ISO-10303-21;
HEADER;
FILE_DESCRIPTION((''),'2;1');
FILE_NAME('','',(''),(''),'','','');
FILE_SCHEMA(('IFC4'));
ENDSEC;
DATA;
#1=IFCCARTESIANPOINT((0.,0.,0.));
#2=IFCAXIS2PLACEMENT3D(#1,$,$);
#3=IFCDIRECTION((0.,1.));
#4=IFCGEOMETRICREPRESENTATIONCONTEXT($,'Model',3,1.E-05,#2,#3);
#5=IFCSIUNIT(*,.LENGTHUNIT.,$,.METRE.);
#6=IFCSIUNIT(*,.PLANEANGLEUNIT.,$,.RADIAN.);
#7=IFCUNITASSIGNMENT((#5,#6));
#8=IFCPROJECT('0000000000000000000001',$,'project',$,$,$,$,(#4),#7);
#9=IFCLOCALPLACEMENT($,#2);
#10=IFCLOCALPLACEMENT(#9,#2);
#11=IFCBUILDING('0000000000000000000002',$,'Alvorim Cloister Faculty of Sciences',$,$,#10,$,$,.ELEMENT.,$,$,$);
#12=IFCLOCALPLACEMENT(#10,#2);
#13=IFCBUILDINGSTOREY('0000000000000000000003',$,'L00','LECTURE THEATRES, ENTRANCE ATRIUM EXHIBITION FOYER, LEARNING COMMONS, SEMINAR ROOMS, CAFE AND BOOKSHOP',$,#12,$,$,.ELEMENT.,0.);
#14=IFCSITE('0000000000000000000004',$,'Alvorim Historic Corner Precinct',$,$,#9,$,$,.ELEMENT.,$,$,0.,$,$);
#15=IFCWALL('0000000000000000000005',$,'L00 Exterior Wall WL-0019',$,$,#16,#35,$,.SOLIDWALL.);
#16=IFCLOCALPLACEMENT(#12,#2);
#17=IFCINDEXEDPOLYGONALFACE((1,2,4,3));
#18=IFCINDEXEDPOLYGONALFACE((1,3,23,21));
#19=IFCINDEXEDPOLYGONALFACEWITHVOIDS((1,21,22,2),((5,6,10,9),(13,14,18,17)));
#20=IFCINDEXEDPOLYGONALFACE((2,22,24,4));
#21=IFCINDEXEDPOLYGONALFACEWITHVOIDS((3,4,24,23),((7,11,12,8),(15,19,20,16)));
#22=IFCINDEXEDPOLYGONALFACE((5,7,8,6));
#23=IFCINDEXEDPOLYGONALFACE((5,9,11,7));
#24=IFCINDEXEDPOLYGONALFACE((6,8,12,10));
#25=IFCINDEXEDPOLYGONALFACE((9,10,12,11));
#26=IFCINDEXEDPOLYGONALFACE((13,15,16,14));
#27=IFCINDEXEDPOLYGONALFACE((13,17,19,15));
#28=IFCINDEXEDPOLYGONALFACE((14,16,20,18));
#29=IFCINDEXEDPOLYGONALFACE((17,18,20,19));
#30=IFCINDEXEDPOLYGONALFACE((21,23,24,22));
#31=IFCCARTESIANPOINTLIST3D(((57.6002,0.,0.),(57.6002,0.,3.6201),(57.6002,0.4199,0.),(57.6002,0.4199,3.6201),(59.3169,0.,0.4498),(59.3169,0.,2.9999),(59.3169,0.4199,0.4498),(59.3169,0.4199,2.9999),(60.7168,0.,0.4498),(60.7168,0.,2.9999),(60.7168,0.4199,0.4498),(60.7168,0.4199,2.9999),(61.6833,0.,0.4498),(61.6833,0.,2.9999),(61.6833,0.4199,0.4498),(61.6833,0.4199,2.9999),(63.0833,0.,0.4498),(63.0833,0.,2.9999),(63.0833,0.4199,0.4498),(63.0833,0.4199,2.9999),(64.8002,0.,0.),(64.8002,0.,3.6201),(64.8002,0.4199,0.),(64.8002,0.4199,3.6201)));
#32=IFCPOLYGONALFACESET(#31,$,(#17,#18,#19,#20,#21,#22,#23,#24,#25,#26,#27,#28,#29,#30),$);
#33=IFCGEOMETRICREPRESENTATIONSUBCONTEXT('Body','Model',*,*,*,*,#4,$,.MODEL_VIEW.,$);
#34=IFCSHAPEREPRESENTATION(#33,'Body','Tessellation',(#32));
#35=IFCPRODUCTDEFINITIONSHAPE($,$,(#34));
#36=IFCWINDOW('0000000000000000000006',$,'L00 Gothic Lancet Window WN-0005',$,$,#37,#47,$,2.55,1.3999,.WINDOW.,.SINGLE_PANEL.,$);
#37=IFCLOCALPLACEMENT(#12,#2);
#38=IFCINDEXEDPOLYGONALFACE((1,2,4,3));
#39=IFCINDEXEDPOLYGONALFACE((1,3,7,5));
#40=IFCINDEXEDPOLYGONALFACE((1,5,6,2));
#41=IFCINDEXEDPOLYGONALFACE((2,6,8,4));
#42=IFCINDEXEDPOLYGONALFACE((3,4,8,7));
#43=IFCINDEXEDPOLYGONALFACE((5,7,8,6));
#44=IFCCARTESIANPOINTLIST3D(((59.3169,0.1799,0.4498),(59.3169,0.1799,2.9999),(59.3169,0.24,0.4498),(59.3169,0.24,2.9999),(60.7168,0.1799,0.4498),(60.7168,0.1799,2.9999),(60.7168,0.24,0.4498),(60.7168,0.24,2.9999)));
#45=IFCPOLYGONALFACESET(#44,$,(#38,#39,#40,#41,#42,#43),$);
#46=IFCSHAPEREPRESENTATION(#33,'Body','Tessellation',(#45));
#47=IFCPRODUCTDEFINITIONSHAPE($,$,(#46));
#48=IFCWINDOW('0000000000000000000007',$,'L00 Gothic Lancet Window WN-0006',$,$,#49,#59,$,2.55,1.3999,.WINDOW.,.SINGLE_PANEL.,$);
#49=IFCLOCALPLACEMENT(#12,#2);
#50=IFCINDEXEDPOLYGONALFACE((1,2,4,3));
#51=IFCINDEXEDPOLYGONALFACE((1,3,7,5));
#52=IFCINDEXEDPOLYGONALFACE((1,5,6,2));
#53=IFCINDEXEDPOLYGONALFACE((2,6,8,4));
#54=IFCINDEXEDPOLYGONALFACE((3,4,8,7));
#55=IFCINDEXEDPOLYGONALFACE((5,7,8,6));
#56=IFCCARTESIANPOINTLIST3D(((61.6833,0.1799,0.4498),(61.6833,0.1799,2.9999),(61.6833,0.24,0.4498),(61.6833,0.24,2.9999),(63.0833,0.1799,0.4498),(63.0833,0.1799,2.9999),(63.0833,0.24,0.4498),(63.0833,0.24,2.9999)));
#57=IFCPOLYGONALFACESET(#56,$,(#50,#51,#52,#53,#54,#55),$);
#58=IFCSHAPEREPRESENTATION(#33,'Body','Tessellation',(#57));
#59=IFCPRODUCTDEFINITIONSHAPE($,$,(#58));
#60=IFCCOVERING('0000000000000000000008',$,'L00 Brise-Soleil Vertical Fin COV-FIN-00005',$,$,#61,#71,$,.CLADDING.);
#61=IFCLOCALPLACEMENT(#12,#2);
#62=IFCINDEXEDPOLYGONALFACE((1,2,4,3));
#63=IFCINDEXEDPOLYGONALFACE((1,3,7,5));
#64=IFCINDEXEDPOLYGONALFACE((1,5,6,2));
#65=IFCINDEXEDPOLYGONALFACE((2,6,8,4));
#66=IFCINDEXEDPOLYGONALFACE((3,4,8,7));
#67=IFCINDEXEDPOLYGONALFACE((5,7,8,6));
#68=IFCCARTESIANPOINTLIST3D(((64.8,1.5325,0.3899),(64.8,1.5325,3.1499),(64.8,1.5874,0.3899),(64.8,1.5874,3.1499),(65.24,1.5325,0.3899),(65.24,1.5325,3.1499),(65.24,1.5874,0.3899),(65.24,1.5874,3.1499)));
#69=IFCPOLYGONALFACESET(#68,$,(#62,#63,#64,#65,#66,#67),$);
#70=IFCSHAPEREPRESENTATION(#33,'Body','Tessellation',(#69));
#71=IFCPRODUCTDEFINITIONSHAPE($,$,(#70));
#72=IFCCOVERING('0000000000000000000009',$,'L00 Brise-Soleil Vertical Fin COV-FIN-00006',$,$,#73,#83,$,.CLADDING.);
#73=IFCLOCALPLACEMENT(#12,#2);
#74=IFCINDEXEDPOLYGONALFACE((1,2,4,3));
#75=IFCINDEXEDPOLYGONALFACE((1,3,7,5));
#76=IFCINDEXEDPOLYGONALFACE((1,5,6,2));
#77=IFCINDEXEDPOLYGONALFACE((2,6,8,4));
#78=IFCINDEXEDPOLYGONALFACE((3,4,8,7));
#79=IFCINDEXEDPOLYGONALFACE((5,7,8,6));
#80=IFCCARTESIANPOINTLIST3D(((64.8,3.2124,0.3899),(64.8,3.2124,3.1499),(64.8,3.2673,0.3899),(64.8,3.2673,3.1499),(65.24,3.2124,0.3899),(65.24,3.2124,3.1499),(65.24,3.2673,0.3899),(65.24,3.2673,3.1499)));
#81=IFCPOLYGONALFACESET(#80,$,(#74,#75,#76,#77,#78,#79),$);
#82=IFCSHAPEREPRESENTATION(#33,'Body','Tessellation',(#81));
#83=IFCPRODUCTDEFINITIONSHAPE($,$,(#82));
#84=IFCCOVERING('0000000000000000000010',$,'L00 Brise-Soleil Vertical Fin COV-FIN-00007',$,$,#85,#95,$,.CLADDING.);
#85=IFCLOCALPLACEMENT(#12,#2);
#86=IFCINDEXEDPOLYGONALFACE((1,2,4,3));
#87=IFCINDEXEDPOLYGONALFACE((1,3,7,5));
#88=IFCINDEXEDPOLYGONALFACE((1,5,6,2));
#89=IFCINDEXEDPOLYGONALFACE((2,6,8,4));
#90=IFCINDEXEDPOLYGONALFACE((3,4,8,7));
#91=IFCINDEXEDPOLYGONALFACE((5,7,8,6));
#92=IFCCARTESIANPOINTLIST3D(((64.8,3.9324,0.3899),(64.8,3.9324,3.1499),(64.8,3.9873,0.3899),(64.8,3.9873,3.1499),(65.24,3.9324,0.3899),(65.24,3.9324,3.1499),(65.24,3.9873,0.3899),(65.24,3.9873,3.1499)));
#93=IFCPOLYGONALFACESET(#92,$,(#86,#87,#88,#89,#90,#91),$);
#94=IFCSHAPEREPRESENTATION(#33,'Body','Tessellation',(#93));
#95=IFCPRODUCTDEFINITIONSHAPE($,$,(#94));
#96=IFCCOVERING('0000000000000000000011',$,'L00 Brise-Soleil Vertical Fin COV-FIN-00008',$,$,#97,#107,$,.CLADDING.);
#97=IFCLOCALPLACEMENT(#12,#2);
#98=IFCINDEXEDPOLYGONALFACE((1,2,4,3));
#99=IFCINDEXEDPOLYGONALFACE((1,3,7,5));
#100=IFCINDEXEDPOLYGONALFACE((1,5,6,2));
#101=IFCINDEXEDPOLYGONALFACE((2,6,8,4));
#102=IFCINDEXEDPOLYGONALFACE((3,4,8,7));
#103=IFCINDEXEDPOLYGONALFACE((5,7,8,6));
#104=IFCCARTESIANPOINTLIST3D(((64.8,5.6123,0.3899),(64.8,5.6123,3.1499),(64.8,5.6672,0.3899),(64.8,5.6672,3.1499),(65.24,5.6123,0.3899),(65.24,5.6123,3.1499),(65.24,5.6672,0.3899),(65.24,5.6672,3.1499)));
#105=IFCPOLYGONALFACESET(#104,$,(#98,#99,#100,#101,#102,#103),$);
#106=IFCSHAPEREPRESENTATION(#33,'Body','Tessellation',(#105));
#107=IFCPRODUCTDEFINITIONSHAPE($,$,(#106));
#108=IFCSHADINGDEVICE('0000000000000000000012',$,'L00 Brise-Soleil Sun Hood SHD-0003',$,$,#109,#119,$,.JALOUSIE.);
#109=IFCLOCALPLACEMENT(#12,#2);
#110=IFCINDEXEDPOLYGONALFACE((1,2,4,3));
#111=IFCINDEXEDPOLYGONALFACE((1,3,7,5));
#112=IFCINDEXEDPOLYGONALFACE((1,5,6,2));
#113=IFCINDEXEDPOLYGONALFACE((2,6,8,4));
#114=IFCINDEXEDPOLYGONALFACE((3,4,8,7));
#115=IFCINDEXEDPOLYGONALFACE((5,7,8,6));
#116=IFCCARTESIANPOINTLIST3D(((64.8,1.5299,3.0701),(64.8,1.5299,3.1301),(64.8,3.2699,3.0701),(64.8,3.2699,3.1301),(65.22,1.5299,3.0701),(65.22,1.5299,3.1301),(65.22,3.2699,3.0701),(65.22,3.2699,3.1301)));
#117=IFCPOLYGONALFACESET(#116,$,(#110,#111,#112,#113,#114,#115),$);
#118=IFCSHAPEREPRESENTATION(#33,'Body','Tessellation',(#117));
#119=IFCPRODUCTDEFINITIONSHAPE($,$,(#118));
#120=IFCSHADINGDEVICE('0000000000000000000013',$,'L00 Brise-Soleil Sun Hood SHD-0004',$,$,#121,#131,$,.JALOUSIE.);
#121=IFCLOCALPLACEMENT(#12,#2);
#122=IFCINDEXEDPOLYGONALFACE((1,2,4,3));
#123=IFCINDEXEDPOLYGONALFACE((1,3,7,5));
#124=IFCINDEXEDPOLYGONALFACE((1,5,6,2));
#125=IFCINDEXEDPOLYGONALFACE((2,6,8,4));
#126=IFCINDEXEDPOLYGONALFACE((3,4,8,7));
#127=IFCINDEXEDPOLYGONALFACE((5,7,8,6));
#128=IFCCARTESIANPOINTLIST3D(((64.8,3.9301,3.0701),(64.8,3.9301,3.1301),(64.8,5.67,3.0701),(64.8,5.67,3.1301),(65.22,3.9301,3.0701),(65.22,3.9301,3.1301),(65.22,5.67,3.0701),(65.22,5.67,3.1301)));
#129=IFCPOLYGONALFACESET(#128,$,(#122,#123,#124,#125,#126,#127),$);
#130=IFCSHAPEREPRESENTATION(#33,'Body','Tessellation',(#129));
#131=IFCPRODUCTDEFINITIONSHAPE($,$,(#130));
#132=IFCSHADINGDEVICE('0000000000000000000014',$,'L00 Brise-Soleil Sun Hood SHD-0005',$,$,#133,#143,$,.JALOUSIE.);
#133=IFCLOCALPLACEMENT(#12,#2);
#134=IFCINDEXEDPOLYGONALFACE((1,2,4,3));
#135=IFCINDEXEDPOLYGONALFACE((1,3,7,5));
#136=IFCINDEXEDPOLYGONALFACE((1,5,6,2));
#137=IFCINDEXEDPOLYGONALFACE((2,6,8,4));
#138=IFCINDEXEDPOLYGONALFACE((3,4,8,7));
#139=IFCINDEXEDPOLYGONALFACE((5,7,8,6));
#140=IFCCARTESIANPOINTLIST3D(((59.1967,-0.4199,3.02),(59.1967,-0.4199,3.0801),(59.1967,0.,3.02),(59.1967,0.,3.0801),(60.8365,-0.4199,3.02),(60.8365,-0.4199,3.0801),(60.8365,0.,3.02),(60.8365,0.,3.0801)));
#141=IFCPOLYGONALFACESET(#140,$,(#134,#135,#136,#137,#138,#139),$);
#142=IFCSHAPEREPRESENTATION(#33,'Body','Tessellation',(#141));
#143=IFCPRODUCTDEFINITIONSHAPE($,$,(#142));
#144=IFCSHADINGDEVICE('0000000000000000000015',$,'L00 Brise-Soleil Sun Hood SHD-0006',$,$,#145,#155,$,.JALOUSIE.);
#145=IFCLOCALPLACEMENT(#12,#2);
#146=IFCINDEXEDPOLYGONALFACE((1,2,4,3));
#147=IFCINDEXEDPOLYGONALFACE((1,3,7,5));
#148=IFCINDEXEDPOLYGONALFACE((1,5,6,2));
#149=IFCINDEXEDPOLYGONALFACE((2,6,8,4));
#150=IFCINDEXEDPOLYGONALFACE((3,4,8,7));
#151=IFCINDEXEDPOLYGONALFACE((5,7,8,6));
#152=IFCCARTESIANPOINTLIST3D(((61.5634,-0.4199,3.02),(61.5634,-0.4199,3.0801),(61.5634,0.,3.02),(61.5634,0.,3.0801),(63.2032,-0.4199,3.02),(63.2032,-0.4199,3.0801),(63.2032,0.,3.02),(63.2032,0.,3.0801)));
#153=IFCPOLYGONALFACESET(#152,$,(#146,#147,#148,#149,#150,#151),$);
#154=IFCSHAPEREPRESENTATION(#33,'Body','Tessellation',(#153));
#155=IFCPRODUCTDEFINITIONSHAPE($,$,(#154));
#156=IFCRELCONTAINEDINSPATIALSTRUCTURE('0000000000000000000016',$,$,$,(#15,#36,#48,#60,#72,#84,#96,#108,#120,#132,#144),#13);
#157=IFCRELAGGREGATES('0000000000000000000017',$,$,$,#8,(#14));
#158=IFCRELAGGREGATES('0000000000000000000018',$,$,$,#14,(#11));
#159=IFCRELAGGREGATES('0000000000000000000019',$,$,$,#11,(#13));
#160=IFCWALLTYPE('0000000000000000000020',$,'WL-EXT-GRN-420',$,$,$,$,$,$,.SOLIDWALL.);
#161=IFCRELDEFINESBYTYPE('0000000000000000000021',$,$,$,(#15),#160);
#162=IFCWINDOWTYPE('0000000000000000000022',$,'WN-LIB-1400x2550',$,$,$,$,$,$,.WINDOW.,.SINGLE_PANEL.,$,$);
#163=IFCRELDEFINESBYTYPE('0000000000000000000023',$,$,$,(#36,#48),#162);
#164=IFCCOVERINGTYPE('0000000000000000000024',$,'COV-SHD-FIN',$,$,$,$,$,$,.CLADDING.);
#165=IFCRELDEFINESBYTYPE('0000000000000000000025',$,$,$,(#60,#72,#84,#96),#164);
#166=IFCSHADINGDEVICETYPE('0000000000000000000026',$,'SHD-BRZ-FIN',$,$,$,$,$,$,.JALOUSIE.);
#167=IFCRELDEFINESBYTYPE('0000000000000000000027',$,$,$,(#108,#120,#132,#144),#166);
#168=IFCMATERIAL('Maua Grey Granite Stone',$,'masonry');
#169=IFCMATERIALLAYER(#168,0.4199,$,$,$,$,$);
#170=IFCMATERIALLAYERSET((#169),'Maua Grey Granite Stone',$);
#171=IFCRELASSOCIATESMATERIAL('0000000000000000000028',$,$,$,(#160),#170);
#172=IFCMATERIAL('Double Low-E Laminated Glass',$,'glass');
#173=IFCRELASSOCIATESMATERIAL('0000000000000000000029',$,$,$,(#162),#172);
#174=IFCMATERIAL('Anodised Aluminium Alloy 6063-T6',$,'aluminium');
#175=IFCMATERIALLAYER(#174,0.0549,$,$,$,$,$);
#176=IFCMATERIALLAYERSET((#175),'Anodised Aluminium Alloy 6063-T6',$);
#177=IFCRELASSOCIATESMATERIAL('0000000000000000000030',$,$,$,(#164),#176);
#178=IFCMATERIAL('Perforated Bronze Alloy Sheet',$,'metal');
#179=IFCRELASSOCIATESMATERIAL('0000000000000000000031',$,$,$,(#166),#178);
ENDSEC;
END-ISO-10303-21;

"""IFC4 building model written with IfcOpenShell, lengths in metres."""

from ifc_helpers import new_model, si_unit, direction, frame, frame_2d, origin, origin_2d, place, context, subcontext, project, spatial, polyline, rectangle, outline, extrude, material, layer, layer_set, type_object, element, fill, save


model = new_model("IFC4")

# Units and contexts
model_context = context("Model", 3, precision=1e-05, world=origin(), true_north=direction((0.0, 1.0)))
body_context = subcontext(model_context, "Body", "Model", "MODEL_VIEW")
ifc_project = project(units=[si_unit("LENGTHUNIT", "METRE"), si_unit("PLANEANGLEUNIT", "RADIAN")], contexts=[model_context])

# Site, building, storey
site_placement = place(None, origin())
site = spatial("IfcSite", under=ifc_project, at=site_placement, Name="Alvorim Historic Corner Precinct", CompositionType="ELEMENT", RefElevation=0.0)
building_placement = place(site_placement, origin())
building = spatial("IfcBuilding", under=site, at=building_placement, Name="Alvorim Cloister Faculty of Sciences", CompositionType="ELEMENT")
storey_placement = place(building_placement, origin())
storey = spatial("IfcBuildingStorey", under=building, at=storey_placement, Name="L00", Description="LECTURE THEATRES, ENTRANCE ATRIUM EXHIBITION FOYER, LEARNING COMMONS, SEMINAR ROOMS, CAFE AND BOOKSHOP", CompositionType="ELEMENT", Elevation=0.0)

# Shared definitions
ifc_material_1 = material(Name="Maua Grey Granite Stone", Category="masonry")

# Wall, openings, windows
ifc_layer_1 = layer(ifc_material_1, 0.4199)
ifc_layer_set_1 = layer_set([ifc_layer_1], Name="Maua Grey Granite Stone")
wall_type = type_object("IfcWallType", Name="WL-EXT-GRN-420", PredefinedType="SOLIDWALL", material=ifc_layer_set_1)
ifc_material_2 = material(Name="Double Low-E Laminated Glass", Category="glass")
wall_1_placement = place(storey_placement, frame((57.6001, 0.21, 0.0), z_axis=(0.0, 0.0, 1.0), x_axis=(1.0, 0.0, 0.0)))
wall_1 = element("IfcWall", 1, at=wall_1_placement, inside=storey, type_object=wall_type, Name="L00 Exterior Wall WL-0019", PredefinedType="SOLIDWALL", context=body_context, shape_type="SweptSolid", body=[
    extrude(rectangle(XDim=7.2, YDim=0.4199, at=frame_2d((3.6001, 0.0))), origin(), (0.0, 0.0, 1.0), 3.6201),
])
opening_1_placement = place(wall_1_placement, frame((1.7168, 0.0, 0.45)))
opening_1 = element("IfcOpeningElement", 2, at=opening_1_placement, cuts=wall_1, PredefinedType="OPENING", context=body_context, shape_type="SweptSolid", body=[
    extrude(rectangle(XDim=1.3999, YDim=2.55, at=frame_2d((0.7, 1.2749))), frame((0.0, 0.2219, 0.0), z_axis=(0.0, -1.0, 0.0), x_axis=(1.0, 0.0, 0.0)), (0.0, 0.0, 1.0), 0.4438),
])
opening_2_placement = place(wall_1_placement, frame((4.0833, 0.0, 0.45)))
opening_2 = element("IfcOpeningElement", 3, at=opening_2_placement, cuts=wall_1, PredefinedType="OPENING", context=body_context, shape_type="SweptSolid", body=[
    extrude(rectangle(XDim=1.3999, YDim=2.55, at=frame_2d((0.7, 1.2749))), frame((0.0, 0.2219, 0.0), z_axis=(0.0, -1.0, 0.0), x_axis=(1.0, 0.0, 0.0)), (0.0, 0.0, 1.0), 0.4438),
])
window_type_1 = type_object("IfcWindowType", Name="WN-LIB-1400x2550", PartitioningType="SINGLE_PANEL", PredefinedType="WINDOW", material=ifc_material_2)
window_1_placement = place(opening_1_placement, origin())
window_1 = element("IfcWindow", 4, at=window_1_placement, inside=storey, type_object=window_type_1, Name="L00 Gothic Lancet Window WN-0005", OverallHeight=2.55, OverallWidth=1.3999, PartitioningType="SINGLE_PANEL", PredefinedType="WINDOW", context=body_context, shape_type="SweptSolid", body=[
    extrude(rectangle(XDim=1.3999, YDim=2.55, at=frame_2d((0.7, 1.2749))), frame((0.0, 0.03, 0.0), z_axis=(0.0, -1.0, 0.0), x_axis=(1.0, 0.0, 0.0)), (0.0, 0.0, 1.0), 0.0601),
])
fill(opening_1, window_1)
window_2_placement = place(opening_2_placement, origin())
window_2 = element("IfcWindow", 5, at=window_2_placement, inside=storey, type_object=window_type_1, Name="L00 Gothic Lancet Window WN-0006", OverallHeight=2.55, OverallWidth=1.3999, PartitioningType="SINGLE_PANEL", PredefinedType="WINDOW", context=body_context, shape_type="SweptSolid", body=[
    extrude(rectangle(XDim=1.3999, YDim=2.55, at=frame_2d((0.7, 1.2749))), frame((0.0, 0.03, 0.0), z_axis=(0.0, -1.0, 0.0), x_axis=(1.0, 0.0, 0.0)), (0.0, 0.0, 1.0), 0.0601),
])
fill(opening_2, window_2)

# Coverings
ifc_material_3 = material(Name="Anodised Aluminium Alloy 6063-T6", Category="aluminium")
ifc_layer_2 = layer(ifc_material_3, 0.0549)
ifc_layer_set_2 = layer_set([ifc_layer_2], Name="Anodised Aluminium Alloy 6063-T6")
covering_type = type_object("IfcCoveringType", Name="COV-SHD-FIN", PredefinedType="CLADDING", material=ifc_layer_set_2)
for number, where, z_axis, x_axis, name in (
    (6, (64.8, 1.5601, 0.3899), (0.0, 0.0, 1.0), (1.0, 0.0, 0.0), "L00 Brise-Soleil Vertical Fin COV-FIN-00005"),
    (7, (64.8, 3.24, 0.3899), (0.0, 0.0, 1.0), (1.0, 0.0, 0.0), "L00 Brise-Soleil Vertical Fin COV-FIN-00006"),
    (8, (64.8, 3.96, 0.3899), (0.0, 0.0, 1.0), (1.0, 0.0, 0.0), "L00 Brise-Soleil Vertical Fin COV-FIN-00007"),
    (9, (64.8, 5.6399, 0.3899), (0.0, 0.0, 1.0), (1.0, 0.0, 0.0), "L00 Brise-Soleil Vertical Fin COV-FIN-00008"),
):
    element("IfcCovering", number, at=place(storey_placement, frame(where, z_axis=z_axis, x_axis=x_axis)), inside=storey, type_object=covering_type, Name=name, PredefinedType="CLADDING", context=body_context, shape_type="SweptSolid", body=[
        extrude(outline(polyline([(0.0, 0.0), (0.4399, 0.0), (0.4399, 2.76), (0.0, 2.76), (0.0, 0.0)])), frame((0.0, 0.0273, 0.0), z_axis=(0.0, -1.0, 0.0), x_axis=(1.0, 0.0, 0.0)), (0.0, 0.0, 1.0), 0.0549),
    ])

# Shading devices
ifc_material_4 = material(Name="Perforated Bronze Alloy Sheet", Category="metal")
shading_device_type = type_object("IfcShadingDeviceType", Name="SHD-BRZ-FIN", PredefinedType="JALOUSIE", material=ifc_material_4)
for number, where, z_axis, x_axis, name in (
    (10, (65.01, 2.3999, 3.0701), (0.0, 0.0, 1.0), (1.0, 0.0, 0.0), "L00 Brise-Soleil Sun Hood SHD-0003"),
    (11, (65.01, 4.8, 3.0701), (0.0, 0.0, 1.0), (1.0, 0.0, 0.0), "L00 Brise-Soleil Sun Hood SHD-0004"),
):
    element("IfcShadingDevice", number, at=place(storey_placement, frame(where, z_axis=z_axis, x_axis=x_axis)), inside=storey, type_object=shading_device_type, Name=name, PredefinedType="JALOUSIE", context=body_context, shape_type="SweptSolid", body=[
        extrude(rectangle(XDim=0.4199, YDim=1.74, at=origin_2d()), origin(), (0.0, 0.0, 1.0), 0.0601),
    ])
for number, where, z_axis, x_axis, name in (
    (12, (60.0166, -0.21, 3.02), (0.0, 0.0, 1.0), (1.0, 0.0, 0.0), "L00 Brise-Soleil Sun Hood SHD-0005"),
    (13, (62.3833, -0.21, 3.02), (0.0, 0.0, 1.0), (1.0, 0.0, 0.0), "L00 Brise-Soleil Sun Hood SHD-0006"),
):
    element("IfcShadingDevice", number, at=place(storey_placement, frame(where, z_axis=z_axis, x_axis=x_axis)), inside=storey, type_object=shading_device_type, Name=name, PredefinedType="JALOUSIE", context=body_context, shape_type="SweptSolid", body=[
        extrude(rectangle(XDim=1.6399, YDim=0.4199, at=origin_2d()), origin(), (0.0, 0.0, 1.0), 0.0601),
    ])

save(model, "model.ifc")
